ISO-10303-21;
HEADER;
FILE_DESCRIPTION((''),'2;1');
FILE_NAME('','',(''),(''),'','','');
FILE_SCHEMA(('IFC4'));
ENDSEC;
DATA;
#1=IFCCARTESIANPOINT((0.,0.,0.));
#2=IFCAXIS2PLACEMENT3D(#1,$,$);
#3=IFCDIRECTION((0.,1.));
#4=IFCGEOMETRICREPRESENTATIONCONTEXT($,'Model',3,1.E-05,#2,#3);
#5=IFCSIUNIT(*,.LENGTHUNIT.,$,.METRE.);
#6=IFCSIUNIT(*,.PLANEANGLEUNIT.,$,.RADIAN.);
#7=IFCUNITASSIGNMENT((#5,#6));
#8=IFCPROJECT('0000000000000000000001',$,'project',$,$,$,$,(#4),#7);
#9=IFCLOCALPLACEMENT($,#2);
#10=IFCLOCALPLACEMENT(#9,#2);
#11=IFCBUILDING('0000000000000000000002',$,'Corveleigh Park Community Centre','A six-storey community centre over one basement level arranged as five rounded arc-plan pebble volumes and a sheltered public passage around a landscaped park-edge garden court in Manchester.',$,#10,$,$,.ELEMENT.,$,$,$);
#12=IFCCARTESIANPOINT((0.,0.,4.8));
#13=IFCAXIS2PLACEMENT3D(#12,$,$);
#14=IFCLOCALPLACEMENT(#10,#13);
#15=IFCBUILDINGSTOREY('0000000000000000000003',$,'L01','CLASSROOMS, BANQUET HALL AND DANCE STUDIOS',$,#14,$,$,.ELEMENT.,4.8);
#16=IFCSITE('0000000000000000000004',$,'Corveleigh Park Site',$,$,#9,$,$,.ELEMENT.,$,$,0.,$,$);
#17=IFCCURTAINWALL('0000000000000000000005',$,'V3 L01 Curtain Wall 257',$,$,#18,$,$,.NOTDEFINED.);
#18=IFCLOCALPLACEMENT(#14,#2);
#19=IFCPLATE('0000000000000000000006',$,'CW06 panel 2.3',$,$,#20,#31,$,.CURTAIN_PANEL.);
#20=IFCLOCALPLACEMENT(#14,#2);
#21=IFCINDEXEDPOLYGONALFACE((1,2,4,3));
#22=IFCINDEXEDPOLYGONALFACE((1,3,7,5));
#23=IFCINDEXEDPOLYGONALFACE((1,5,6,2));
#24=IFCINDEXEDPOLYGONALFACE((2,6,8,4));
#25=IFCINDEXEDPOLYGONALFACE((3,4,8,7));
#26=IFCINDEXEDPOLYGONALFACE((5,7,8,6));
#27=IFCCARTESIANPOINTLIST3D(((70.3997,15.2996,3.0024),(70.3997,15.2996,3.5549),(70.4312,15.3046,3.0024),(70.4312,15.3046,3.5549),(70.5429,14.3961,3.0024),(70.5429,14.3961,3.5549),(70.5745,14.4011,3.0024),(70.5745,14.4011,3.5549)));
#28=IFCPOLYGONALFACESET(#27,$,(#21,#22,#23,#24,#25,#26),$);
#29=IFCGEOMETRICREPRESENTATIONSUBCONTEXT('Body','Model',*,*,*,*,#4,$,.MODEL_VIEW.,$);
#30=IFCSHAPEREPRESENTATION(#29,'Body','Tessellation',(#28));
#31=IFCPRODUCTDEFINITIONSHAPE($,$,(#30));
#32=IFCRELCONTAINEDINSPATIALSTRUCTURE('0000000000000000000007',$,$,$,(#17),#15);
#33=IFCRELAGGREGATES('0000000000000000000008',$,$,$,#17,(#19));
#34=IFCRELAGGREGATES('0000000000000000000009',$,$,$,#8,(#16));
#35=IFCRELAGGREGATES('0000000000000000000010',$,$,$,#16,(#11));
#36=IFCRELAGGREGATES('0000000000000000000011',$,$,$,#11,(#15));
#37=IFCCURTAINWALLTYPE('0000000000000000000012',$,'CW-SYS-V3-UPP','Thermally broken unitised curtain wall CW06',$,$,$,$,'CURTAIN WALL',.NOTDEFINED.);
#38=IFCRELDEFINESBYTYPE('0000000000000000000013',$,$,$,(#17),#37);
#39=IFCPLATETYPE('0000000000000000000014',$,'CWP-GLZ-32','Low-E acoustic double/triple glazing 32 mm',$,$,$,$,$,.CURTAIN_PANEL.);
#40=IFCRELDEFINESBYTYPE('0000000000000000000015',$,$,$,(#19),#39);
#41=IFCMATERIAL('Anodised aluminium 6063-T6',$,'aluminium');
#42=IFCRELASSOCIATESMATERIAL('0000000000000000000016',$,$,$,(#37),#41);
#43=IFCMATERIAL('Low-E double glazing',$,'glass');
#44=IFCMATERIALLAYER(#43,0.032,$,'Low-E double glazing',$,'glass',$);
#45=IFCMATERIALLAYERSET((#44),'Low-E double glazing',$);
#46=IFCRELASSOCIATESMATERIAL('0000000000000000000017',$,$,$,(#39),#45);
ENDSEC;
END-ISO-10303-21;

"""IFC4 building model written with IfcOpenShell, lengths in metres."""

from ifc_helpers import new_model, si_unit, direction, frame, origin, origin_2d, place, context, subcontext, project, spatial, rectangle, extrude, material, layer, layer_set, type_object, element, aggregate, save


model = new_model("IFC4")

# Units and contexts
model_context = context("Model", 3, precision=1e-05, world=origin(), true_north=direction((0.0, 1.0)))
body_context = subcontext(model_context, "Body", "Model", "MODEL_VIEW")
ifc_project = project(units=[si_unit("LENGTHUNIT", "METRE"), si_unit("PLANEANGLEUNIT", "RADIAN")], contexts=[model_context])

# Site, building, storey
site_placement = place(None, origin())
site = spatial("IfcSite", under=ifc_project, at=site_placement, Name="Corveleigh Park Site", CompositionType="ELEMENT", RefElevation=0.0)
building_placement = place(site_placement, origin())
building = spatial("IfcBuilding", under=site, at=building_placement, Name="Corveleigh Park Community Centre", Description="A six-storey community centre over one basement level arranged as five rounded arc-plan pebble volumes and a sheltered public passage around a landscaped park-edge garden court in Manchester.", CompositionType="ELEMENT")
storey_placement = place(building_placement, frame((0.0, 0.0, 4.8)))
storey = spatial("IfcBuildingStorey", under=building, at=storey_placement, Name="L01", Description="CLASSROOMS, BANQUET HALL AND DANCE STUDIOS", CompositionType="ELEMENT", Elevation=4.8)

# Curtain wall
ifc_material_1 = material(Name="Anodised aluminium 6063-T6", Category="aluminium")
curtain_wall_type = type_object("IfcCurtainWallType", Name="CW-SYS-V3-UPP", Description="Thermally broken unitised curtain wall CW06", ElementType="CURTAIN WALL", PredefinedType="NOTDEFINED", material=ifc_material_1)
curtain_wall_1_placement = place(storey_placement, origin())
curtain_wall_1 = element("IfcCurtainWall", 1, at=curtain_wall_1_placement, inside=storey, type_object=curtain_wall_type, Name="V3 L01 Curtain Wall 257", PredefinedType="NOTDEFINED")

# Plate
ifc_material_2 = material(Name="Low-E double glazing", Category="glass")
ifc_layer_1 = layer(ifc_material_2, 0.032, Name="Low-E double glazing", Category="glass")
ifc_layer_set_1 = layer_set([ifc_layer_1], Name="Low-E double glazing")
plate_type_1 = type_object("IfcPlateType", Name="CWP-GLZ-32", Description="Low-E acoustic double/triple glazing 32 mm", PredefinedType="CURTAIN_PANEL", material=ifc_layer_set_1)
plate_1_placement = place(storey_placement, frame((70.4871, 14.8503, 3.0024), z_axis=(0.0, 0.0, 1.0), x_axis=(-0.156558, 0.987669, 0.0)))
plate_1 = element("IfcPlate", 2, at=plate_1_placement, type_object=plate_type_1, Name="CW06 panel 2.3", PredefinedType="CURTAIN_PANEL", context=body_context, shape_type="SweptSolid", body=[
    extrude(rectangle(XDim=0.9148, YDim=0.032, at=origin_2d()), origin(), (0.0, 0.0, 1.0), 0.5525),
])
aggregate(curtain_wall_1, [plate_1])

save(model, "model.ifc")
